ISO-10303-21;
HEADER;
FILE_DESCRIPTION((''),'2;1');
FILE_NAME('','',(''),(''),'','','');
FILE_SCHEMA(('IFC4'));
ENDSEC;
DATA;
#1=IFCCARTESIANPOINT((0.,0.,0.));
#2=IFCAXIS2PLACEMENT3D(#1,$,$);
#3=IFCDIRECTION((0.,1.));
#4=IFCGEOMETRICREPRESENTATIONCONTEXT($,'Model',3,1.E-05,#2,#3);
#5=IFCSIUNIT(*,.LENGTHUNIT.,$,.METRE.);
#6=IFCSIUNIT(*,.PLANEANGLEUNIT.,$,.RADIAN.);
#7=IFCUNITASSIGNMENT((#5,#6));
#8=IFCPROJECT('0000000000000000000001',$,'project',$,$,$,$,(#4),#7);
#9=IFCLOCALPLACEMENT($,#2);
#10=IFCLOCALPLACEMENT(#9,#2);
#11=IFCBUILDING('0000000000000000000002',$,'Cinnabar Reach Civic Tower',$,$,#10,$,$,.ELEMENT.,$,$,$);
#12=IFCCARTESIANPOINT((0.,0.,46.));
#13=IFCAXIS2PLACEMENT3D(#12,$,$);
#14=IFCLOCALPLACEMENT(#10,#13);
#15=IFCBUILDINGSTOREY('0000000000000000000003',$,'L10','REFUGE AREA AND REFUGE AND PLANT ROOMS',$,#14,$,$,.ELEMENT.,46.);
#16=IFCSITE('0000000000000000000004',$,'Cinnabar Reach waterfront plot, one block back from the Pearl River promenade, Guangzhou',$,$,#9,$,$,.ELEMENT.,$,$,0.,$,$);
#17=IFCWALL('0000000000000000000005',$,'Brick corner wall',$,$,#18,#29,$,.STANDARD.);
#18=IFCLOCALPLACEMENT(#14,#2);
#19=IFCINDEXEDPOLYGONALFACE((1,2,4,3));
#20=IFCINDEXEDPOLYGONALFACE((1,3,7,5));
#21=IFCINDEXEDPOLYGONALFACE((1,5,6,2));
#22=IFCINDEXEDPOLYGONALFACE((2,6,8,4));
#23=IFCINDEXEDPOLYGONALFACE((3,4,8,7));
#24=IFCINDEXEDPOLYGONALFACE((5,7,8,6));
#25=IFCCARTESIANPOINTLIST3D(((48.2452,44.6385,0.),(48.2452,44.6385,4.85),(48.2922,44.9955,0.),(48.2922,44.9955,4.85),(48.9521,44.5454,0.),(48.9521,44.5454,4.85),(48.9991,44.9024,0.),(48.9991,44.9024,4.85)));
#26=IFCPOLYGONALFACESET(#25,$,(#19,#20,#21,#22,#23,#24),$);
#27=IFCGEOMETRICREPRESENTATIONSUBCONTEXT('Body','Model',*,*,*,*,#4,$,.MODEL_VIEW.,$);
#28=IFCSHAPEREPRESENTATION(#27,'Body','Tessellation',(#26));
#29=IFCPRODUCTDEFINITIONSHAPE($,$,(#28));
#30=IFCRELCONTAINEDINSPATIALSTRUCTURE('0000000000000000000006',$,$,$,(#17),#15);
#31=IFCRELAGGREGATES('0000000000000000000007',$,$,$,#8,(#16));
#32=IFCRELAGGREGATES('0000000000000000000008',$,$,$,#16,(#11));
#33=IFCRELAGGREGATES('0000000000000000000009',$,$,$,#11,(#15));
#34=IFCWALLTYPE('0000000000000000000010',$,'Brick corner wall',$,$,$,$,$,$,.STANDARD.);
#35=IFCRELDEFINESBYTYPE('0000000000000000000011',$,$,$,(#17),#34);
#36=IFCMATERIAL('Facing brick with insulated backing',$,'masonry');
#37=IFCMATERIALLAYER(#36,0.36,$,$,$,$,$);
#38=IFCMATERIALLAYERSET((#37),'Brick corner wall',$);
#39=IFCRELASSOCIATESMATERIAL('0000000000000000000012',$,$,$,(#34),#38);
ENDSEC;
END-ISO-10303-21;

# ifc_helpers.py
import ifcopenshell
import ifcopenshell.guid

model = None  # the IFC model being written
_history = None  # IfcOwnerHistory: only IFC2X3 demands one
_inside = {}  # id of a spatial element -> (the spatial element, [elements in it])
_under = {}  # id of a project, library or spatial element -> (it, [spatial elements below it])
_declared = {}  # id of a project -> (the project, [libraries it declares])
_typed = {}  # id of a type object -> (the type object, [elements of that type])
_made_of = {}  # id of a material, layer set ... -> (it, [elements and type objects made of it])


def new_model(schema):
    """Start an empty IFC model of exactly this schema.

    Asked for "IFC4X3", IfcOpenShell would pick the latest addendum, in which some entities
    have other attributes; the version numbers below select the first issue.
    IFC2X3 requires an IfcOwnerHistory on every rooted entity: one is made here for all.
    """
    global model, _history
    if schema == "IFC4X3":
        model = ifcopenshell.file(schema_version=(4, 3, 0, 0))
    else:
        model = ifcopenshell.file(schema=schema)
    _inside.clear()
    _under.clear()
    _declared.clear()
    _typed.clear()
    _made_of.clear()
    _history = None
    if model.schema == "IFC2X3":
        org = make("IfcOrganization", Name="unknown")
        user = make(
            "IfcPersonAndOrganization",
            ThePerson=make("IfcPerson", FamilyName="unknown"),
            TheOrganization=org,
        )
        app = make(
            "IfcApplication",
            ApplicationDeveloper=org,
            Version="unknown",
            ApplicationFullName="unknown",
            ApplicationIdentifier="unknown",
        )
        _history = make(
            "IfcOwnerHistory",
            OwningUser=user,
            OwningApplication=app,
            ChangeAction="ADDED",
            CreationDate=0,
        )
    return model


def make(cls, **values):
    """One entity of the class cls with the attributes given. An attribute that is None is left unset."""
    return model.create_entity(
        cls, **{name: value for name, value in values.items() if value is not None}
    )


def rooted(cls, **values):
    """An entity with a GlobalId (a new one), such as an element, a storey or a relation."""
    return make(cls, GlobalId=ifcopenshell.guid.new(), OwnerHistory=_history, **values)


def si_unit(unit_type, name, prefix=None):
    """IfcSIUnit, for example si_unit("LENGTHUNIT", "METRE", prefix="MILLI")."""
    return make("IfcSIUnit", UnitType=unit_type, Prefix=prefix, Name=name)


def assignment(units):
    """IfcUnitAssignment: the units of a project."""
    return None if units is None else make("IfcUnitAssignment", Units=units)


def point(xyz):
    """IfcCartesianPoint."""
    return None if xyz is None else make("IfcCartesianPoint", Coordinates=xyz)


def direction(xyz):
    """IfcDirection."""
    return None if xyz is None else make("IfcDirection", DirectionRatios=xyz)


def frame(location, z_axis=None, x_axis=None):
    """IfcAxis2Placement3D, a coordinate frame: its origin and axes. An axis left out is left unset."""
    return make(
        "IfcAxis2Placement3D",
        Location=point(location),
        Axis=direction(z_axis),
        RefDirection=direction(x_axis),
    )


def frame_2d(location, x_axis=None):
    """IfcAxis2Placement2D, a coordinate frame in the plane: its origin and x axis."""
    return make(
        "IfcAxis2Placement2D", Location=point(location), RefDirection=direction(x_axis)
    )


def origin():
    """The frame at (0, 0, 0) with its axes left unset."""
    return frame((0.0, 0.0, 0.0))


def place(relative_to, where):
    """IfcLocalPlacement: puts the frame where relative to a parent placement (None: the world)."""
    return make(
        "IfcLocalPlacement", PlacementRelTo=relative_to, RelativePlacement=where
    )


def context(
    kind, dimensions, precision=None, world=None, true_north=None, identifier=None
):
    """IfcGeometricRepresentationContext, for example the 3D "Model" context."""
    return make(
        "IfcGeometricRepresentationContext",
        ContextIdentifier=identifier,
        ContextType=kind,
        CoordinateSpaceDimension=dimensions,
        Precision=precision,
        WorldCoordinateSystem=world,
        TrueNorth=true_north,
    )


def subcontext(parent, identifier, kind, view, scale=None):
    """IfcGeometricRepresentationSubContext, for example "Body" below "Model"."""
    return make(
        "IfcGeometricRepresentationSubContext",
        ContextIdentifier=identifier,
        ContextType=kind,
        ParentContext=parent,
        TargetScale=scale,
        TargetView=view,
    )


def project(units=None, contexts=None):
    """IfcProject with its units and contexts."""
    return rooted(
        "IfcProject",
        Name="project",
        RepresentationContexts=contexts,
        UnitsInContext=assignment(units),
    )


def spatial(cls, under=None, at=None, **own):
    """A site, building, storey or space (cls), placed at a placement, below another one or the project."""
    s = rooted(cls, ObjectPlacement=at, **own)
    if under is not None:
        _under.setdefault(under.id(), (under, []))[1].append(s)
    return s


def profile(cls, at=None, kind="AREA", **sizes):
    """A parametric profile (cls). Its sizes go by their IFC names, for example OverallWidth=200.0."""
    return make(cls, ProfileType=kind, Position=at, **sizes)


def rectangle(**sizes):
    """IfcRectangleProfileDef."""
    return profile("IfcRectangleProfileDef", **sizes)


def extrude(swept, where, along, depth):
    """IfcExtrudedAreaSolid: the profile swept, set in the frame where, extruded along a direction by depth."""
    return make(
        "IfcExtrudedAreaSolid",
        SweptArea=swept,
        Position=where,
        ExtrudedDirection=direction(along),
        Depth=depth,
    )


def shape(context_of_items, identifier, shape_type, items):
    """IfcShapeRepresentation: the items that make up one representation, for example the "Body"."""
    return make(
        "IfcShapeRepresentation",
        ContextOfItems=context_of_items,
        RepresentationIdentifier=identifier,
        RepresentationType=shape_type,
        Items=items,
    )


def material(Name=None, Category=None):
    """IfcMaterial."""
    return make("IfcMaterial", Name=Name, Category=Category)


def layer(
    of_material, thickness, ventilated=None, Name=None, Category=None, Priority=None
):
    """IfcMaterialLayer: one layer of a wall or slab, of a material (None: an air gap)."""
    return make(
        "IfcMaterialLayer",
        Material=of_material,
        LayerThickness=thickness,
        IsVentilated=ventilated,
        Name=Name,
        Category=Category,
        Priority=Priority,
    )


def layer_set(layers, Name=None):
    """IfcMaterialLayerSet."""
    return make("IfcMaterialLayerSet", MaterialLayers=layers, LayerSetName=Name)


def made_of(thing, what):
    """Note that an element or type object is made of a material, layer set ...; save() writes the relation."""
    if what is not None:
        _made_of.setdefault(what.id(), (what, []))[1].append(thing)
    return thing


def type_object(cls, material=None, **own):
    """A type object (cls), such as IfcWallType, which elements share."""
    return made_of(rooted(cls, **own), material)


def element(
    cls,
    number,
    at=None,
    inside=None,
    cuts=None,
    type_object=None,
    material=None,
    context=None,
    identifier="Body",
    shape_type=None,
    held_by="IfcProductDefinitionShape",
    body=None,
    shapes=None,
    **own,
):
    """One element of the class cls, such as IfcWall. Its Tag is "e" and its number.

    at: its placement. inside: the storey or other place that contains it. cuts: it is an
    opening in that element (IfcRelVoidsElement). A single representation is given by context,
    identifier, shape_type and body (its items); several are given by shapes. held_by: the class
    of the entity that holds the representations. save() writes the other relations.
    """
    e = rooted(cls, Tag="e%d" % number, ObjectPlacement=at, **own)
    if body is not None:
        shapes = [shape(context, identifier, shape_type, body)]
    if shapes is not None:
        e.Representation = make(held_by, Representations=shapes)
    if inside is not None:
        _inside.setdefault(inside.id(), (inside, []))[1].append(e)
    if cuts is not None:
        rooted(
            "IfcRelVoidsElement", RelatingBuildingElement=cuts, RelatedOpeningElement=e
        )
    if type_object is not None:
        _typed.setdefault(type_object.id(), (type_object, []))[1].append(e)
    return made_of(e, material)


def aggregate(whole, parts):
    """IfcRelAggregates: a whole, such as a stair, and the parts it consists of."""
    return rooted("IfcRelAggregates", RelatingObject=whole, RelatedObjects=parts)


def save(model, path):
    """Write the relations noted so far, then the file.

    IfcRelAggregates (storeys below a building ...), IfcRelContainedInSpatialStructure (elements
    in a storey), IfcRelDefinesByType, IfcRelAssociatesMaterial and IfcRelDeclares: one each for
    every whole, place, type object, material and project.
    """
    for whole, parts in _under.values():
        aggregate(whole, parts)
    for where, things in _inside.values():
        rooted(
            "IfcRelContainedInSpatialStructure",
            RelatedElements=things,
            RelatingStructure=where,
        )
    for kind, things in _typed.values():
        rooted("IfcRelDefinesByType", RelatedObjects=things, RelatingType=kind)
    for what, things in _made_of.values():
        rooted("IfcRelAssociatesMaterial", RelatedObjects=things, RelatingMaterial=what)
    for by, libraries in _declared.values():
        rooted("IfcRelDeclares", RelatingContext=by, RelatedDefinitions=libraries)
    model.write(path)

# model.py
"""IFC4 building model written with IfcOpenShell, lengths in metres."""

from ifc_helpers import new_model, si_unit, direction, frame, frame_2d, origin, place, context, subcontext, project, spatial, rectangle, extrude, material, layer, layer_set, type_object, element, save


model = new_model("IFC4")

# Units and contexts
model_context = context("Model", 3, precision=1e-05, world=origin(), true_north=direction((0.0, 1.0)))
body_context = subcontext(model_context, "Body", "Model", "MODEL_VIEW")
ifc_project = project(units=[si_unit("LENGTHUNIT", "METRE"), si_unit("PLANEANGLEUNIT", "RADIAN")], contexts=[model_context])

# Site, building, storey
site_placement = place(None, origin())
site = spatial("IfcSite", under=ifc_project, at=site_placement, Name="Cinnabar Reach waterfront plot, one block back from the Pearl River promenade, Guangzhou", CompositionType="ELEMENT", RefElevation=0.0)
building_placement = place(site_placement, origin())
building = spatial("IfcBuilding", under=site, at=building_placement, Name="Cinnabar Reach Civic Tower", CompositionType="ELEMENT")
storey_placement = place(building_placement, frame((0.0, 0.0, 46.0)))
storey = spatial("IfcBuildingStorey", under=building, at=storey_placement, Name="L10", Description="REFUGE AREA AND REFUGE AND PLANT ROOMS", CompositionType="ELEMENT", Elevation=46.0)

# Wall
ifc_material_1 = material(Name="Facing brick with insulated backing", Category="masonry")
ifc_layer_1 = layer(ifc_material_1, 0.36)
ifc_layer_set_1 = layer_set([ifc_layer_1], Name="Brick corner wall")
wall_type_1 = type_object("IfcWallType", Name="Brick corner wall", PredefinedType="STANDARD", material=ifc_layer_set_1)
wall_1_placement = place(storey_placement, frame((48.9756, 44.7239, 0.0), z_axis=(0.0, 0.0, 1.0), x_axis=(-0.991441, 0.130556, 0.0)))
element("IfcWall", 1, at=wall_1_placement, inside=storey, type_object=wall_type_1, Name="Brick corner wall", PredefinedType="STANDARD", context=body_context, shape_type="SweptSolid", body=[
    extrude(rectangle(XDim=0.7131, YDim=0.36, at=frame_2d((0.3565, 0.0))), origin(), (0.0, 0.0, 1.0), 4.85),
])

save(model, "model.ifc")
